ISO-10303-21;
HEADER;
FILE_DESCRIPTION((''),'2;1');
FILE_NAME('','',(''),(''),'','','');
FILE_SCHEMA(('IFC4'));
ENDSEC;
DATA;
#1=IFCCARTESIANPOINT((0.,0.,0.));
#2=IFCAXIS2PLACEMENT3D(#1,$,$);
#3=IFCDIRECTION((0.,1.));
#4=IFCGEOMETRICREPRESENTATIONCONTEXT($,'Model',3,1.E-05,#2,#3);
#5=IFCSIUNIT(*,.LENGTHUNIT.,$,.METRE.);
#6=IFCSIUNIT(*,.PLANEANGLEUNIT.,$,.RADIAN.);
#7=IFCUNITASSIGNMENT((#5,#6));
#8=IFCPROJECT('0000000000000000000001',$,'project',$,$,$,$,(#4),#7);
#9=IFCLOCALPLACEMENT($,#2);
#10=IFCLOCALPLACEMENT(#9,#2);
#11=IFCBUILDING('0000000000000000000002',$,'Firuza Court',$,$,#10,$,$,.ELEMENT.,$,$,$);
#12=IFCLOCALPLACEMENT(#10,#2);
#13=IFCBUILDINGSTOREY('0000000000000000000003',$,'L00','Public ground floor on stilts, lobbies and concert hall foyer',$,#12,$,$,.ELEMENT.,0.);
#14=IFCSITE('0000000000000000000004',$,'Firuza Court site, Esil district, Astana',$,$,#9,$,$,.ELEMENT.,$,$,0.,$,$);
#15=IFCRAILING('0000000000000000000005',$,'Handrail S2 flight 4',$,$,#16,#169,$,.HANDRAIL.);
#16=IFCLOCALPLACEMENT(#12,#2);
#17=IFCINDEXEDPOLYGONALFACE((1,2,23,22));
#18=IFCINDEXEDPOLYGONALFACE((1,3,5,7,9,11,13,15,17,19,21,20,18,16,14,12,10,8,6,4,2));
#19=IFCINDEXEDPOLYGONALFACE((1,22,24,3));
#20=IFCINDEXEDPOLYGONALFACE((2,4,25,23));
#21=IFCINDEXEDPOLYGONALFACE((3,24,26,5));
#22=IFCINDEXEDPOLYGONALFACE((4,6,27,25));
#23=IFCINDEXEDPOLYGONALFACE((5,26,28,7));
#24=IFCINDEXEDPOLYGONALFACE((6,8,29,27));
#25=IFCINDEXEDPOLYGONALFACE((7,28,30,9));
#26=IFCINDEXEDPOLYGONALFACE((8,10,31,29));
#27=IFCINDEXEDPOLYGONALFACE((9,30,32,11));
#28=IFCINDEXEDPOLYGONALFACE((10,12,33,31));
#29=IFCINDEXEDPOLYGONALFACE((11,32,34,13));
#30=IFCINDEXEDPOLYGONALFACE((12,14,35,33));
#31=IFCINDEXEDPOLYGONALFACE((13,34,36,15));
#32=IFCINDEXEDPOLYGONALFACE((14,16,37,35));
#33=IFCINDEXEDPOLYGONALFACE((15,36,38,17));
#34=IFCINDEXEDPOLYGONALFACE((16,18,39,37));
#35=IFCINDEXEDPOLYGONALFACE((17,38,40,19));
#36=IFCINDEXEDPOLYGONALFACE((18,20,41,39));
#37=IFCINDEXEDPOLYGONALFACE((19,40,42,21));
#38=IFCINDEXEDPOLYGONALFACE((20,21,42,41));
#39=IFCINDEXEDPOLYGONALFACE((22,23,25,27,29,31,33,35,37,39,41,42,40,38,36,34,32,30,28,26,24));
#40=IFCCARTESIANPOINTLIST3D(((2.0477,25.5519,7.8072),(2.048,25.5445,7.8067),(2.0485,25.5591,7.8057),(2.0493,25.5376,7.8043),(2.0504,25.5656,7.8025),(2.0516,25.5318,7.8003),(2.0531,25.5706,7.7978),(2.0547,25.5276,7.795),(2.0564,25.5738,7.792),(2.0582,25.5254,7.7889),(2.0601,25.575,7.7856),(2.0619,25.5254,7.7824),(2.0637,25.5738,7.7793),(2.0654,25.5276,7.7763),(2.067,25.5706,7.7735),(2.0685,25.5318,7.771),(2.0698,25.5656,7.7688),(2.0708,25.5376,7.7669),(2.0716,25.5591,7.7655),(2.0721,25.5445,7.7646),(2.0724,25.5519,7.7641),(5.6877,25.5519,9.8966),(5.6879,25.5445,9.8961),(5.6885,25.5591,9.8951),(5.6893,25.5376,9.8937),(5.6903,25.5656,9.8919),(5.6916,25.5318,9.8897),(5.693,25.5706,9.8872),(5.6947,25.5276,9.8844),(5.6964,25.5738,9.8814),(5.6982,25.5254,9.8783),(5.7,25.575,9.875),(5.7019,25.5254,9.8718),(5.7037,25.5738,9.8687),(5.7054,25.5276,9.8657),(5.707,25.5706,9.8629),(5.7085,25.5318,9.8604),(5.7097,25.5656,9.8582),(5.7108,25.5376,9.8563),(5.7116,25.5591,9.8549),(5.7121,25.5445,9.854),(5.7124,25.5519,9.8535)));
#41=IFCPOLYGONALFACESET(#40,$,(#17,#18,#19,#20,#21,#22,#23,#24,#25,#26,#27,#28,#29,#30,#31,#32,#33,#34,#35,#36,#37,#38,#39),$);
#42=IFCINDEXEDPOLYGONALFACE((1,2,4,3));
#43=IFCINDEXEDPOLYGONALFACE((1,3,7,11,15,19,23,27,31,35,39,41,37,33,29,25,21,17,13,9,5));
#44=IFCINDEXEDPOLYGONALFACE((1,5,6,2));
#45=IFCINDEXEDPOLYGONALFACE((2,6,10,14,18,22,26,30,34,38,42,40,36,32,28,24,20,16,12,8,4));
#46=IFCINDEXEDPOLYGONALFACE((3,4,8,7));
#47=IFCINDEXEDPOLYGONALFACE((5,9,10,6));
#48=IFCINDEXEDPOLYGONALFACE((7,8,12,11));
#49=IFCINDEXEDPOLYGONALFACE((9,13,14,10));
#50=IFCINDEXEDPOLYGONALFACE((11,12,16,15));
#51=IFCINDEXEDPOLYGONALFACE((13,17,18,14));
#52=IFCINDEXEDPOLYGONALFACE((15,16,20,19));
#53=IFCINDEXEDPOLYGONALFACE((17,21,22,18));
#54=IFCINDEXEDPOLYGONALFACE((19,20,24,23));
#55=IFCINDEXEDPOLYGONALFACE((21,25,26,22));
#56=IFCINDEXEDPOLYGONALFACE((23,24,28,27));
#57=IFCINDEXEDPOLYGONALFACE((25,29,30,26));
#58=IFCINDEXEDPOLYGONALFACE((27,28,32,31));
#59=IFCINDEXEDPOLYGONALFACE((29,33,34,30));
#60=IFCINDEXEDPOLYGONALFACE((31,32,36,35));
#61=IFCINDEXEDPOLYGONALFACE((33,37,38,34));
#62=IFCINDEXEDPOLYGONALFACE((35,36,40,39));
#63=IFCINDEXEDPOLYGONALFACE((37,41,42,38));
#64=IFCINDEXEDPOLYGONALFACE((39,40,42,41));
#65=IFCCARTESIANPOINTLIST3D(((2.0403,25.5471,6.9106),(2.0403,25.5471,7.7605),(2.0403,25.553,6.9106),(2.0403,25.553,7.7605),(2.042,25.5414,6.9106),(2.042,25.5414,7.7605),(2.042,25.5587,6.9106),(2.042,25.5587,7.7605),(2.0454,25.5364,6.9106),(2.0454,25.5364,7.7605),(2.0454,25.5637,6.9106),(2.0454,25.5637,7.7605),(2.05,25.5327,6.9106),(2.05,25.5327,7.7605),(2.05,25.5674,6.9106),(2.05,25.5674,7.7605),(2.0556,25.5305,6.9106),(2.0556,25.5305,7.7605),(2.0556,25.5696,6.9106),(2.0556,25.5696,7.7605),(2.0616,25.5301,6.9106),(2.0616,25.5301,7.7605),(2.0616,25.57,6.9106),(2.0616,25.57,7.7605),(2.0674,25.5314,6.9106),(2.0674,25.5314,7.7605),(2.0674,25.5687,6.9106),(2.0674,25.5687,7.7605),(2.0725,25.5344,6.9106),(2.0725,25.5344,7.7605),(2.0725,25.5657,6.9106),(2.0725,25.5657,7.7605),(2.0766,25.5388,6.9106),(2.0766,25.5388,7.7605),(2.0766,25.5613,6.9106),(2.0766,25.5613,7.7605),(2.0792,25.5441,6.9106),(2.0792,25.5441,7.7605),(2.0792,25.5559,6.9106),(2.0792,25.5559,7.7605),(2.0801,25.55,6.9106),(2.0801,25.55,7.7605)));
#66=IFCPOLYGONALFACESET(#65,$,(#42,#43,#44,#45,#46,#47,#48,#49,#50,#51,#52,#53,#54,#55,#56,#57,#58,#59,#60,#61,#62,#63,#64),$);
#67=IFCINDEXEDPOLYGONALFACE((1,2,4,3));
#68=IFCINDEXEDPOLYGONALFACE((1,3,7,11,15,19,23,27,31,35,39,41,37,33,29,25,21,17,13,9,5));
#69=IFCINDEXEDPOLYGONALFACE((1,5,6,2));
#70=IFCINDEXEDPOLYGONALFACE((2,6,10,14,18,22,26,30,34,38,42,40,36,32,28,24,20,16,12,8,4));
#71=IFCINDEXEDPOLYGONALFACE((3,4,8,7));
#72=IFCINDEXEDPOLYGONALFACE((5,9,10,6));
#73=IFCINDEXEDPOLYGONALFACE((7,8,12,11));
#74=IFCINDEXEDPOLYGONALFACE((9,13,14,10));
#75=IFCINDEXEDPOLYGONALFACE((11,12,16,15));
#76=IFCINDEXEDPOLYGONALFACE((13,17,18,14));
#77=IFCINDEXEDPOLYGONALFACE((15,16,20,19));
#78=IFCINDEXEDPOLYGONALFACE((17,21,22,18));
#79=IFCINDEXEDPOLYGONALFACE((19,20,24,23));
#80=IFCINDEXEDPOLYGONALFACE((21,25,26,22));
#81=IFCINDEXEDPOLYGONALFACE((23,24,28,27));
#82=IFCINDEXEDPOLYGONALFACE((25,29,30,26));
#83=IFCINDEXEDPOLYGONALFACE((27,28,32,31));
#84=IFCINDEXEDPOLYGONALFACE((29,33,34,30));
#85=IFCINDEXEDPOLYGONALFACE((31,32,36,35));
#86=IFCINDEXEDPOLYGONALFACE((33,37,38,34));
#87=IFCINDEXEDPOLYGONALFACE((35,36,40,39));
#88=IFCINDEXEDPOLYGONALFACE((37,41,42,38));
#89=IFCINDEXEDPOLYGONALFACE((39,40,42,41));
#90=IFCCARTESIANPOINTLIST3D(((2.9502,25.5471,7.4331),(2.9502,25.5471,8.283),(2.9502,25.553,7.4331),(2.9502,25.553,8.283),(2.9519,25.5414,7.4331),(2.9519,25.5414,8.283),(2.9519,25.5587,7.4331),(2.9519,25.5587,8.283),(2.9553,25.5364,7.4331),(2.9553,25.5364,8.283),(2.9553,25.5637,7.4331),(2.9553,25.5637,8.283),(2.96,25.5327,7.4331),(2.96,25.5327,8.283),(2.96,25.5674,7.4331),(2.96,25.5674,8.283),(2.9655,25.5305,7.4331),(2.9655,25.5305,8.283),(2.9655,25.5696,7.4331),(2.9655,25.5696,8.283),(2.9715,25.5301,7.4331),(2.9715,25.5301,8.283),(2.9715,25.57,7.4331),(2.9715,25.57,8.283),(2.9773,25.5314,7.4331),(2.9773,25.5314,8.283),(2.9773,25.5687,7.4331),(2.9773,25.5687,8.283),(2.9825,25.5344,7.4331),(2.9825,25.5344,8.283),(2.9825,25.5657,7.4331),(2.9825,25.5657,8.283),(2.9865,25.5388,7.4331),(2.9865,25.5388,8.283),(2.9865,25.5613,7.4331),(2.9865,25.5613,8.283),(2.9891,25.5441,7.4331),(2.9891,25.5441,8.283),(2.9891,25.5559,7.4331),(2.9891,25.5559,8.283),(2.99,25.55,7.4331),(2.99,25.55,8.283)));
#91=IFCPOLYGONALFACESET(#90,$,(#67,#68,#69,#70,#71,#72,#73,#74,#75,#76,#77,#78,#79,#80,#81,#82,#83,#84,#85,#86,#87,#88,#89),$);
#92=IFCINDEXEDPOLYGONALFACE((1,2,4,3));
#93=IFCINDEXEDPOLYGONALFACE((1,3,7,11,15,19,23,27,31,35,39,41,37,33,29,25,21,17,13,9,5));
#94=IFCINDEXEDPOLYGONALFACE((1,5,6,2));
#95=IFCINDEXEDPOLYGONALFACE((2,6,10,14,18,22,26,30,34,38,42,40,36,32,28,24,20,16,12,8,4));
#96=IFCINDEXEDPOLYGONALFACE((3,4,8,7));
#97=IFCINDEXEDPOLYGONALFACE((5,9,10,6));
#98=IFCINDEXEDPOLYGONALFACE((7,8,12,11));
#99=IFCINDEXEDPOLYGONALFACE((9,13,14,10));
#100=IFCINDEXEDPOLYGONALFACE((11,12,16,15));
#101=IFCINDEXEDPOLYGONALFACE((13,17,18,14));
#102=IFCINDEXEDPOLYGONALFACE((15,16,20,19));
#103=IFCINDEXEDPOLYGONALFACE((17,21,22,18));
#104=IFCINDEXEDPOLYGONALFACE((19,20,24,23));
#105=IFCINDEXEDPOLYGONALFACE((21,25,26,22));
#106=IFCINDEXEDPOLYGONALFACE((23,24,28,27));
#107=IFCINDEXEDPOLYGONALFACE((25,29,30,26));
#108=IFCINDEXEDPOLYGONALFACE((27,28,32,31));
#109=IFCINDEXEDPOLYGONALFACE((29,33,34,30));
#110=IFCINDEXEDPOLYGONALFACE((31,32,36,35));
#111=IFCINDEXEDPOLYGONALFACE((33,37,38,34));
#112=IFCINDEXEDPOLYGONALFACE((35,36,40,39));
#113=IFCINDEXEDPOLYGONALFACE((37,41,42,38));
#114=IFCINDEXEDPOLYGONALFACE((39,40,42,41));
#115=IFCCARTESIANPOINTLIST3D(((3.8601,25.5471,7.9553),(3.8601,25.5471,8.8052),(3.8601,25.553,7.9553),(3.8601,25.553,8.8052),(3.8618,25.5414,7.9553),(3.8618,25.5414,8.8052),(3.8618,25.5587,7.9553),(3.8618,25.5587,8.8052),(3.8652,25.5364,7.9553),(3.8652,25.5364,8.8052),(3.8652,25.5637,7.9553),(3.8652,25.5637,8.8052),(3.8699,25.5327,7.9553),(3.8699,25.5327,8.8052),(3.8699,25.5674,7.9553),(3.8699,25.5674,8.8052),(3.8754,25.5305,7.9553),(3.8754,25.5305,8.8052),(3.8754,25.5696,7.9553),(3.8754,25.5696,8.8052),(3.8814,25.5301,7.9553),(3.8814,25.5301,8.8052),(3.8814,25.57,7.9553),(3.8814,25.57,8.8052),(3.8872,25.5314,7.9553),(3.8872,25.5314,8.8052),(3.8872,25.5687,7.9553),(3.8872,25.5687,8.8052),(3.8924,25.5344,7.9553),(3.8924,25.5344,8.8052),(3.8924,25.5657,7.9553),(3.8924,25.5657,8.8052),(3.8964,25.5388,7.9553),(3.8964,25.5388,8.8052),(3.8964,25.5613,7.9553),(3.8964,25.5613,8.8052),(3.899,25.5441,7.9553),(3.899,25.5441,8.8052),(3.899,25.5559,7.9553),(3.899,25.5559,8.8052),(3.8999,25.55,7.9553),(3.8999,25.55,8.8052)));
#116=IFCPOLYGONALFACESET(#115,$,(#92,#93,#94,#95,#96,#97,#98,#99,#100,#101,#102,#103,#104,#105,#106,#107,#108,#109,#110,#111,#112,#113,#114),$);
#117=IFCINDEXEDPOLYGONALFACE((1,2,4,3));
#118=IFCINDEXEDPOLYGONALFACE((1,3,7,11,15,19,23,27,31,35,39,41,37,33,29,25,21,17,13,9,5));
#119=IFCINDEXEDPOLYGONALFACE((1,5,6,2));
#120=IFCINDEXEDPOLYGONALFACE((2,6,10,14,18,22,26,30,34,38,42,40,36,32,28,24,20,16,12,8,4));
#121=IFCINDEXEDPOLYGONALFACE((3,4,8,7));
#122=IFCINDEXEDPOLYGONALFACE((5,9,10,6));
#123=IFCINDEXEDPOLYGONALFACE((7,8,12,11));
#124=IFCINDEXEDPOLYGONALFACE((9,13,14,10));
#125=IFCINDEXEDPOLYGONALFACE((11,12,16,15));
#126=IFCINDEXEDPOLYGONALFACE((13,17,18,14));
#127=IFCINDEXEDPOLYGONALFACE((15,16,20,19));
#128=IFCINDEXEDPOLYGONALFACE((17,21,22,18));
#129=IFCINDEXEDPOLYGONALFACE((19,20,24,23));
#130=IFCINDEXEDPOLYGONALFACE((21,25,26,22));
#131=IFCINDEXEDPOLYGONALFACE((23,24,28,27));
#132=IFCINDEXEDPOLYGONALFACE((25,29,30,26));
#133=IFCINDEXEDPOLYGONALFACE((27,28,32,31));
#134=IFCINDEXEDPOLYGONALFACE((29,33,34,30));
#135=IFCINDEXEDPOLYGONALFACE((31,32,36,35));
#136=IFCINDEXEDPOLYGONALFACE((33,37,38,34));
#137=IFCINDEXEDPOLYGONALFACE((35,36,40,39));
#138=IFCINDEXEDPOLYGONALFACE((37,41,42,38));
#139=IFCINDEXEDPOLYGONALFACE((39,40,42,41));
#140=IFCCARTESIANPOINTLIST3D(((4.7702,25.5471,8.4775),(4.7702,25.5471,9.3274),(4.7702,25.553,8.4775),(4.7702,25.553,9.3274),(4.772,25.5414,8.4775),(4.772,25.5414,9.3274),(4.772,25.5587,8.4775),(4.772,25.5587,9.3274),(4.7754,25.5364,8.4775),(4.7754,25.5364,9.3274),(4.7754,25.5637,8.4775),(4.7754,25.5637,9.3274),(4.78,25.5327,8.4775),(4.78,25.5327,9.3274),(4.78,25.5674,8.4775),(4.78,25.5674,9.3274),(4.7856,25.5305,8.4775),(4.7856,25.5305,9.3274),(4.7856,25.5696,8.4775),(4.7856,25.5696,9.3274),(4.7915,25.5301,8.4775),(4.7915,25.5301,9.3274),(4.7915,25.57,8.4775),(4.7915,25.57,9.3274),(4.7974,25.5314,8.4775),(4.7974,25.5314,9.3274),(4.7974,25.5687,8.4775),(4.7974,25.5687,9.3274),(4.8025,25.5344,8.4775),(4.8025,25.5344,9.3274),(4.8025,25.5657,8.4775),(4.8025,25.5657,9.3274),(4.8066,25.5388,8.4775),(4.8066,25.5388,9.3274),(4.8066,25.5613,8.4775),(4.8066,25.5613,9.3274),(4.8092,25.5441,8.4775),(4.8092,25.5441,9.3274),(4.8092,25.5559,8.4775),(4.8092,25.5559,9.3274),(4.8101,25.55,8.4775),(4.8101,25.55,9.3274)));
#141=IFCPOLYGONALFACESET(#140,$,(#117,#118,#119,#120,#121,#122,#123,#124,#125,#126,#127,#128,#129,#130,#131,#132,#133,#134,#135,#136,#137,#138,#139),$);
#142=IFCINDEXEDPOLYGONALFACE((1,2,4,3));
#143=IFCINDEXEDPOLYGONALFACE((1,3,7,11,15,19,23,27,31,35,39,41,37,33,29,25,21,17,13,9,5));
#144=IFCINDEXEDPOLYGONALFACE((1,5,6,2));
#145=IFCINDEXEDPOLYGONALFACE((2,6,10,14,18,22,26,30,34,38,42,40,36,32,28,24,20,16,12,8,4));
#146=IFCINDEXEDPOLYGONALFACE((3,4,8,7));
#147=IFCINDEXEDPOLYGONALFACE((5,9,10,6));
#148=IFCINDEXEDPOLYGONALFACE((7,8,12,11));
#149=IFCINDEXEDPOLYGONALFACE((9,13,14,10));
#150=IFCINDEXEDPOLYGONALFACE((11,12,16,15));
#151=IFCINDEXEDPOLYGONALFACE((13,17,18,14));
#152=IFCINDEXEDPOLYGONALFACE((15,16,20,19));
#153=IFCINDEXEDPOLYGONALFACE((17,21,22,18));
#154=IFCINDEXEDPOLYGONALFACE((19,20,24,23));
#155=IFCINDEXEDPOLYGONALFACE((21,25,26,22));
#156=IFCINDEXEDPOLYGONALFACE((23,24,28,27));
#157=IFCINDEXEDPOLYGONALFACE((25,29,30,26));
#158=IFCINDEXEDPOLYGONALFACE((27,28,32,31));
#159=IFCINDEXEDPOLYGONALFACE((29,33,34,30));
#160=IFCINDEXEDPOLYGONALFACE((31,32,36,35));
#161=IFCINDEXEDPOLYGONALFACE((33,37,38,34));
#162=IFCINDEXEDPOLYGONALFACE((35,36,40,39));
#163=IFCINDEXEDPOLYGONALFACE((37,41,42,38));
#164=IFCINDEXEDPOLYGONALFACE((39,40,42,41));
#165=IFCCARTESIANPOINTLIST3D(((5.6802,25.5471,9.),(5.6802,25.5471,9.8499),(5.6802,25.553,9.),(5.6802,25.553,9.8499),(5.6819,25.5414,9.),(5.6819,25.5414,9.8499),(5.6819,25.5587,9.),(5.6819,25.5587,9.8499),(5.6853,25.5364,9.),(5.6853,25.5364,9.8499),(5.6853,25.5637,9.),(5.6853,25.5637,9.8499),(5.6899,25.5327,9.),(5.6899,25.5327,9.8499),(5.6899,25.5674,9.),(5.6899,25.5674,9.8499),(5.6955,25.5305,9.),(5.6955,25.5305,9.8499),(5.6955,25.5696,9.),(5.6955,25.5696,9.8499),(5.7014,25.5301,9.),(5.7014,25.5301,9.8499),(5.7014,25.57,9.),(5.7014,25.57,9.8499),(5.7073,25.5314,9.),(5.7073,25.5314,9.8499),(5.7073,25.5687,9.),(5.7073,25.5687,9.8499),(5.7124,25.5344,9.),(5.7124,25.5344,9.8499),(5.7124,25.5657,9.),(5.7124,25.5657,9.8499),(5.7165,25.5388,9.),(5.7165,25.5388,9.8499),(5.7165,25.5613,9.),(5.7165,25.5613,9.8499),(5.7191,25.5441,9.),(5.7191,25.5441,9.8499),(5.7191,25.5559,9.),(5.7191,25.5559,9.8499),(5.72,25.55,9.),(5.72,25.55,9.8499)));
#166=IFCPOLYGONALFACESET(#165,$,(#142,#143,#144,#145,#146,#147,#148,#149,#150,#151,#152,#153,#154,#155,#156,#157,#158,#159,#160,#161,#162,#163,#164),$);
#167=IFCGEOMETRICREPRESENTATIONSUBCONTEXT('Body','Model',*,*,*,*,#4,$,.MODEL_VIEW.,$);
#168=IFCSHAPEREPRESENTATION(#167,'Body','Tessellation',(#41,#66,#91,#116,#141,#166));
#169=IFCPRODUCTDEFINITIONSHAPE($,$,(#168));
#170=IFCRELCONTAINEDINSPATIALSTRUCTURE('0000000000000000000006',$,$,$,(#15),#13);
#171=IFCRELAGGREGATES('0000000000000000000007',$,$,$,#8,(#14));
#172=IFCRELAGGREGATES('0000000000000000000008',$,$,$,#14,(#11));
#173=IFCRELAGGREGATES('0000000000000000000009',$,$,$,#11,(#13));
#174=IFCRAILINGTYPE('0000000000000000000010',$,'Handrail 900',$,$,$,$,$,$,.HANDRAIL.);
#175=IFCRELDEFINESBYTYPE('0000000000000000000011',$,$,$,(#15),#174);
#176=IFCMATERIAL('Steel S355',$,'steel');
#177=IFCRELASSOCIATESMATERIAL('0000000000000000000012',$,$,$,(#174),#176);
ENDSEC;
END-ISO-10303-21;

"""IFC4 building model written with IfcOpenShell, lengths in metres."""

from ifc_helpers import new_model, si_unit, direction, frame, origin, origin_2d, place, context, subcontext, project, spatial, circle, extrude, material, type_object, element, save


model = new_model("IFC4")

# Units and contexts
model_context = context("Model", 3, precision=1e-05, world=origin(), true_north=direction((0.0, 1.0)))
body_context = subcontext(model_context, "Body", "Model", "MODEL_VIEW")
ifc_project = project(units=[si_unit("LENGTHUNIT", "METRE"), si_unit("PLANEANGLEUNIT", "RADIAN")], contexts=[model_context])

# Site, building, storey
site_placement = place(None, origin())
site = spatial("IfcSite", under=ifc_project, at=site_placement, Name="Firuza Court site, Esil district, Astana", CompositionType="ELEMENT", RefElevation=0.0)
building_placement = place(site_placement, origin())
building = spatial("IfcBuilding", under=site, at=building_placement, Name="Firuza Court", CompositionType="ELEMENT")
storey_placement = place(building_placement, origin())
storey = spatial("IfcBuildingStorey", under=building, at=storey_placement, Name="L00", Description="Public ground floor on stilts, lobbies and concert hall foyer", CompositionType="ELEMENT", Elevation=0.0)

# Railing
ifc_material_1 = material(Name="Steel S355", Category="steel")
railing_type_1 = type_object("IfcRailingType", Name="Handrail 900", PredefinedType="HANDRAIL", material=ifc_material_1)
for number, where, name in (
    (1, (2.0601, 25.55, 6.9106), "Handrail S2 flight 4"),
):
    element("IfcRailing", number, at=place(storey_placement, frame(where)), inside=storey, type_object=railing_type_1, Name=name, PredefinedType="HANDRAIL", context=body_context, shape_type="SweptSolid", body=[
        extrude(circle(Radius=0.0249, at=origin_2d()), frame((0.0, 0.0, 0.875), z_axis=(0.867275, 0.0, 0.497829), x_axis=(0.0, 1.0, 0.0)), (0.0, 0.0, 1.0), 4.197),
        extrude(circle(Radius=0.02, at=origin_2d()), origin(), (0.0, 0.0, 1.0), 0.8499),
        extrude(circle(Radius=0.02, at=origin_2d()), frame((0.9099, 0.0, 0.5225)), (0.0, 0.0, 1.0), 0.8499),
        extrude(circle(Radius=0.02, at=origin_2d()), frame((1.8198, 0.0, 1.0447)), (0.0, 0.0, 1.0), 0.8499),
        extrude(circle(Radius=0.02, at=origin_2d()), frame((2.73, 0.0, 1.5669)), (0.0, 0.0, 1.0), 0.8499),
        extrude(circle(Radius=0.02, at=origin_2d()), frame((3.6399, 0.0, 2.0894)), (0.0, 0.0, 1.0), 0.8499),
    ])

save(model, "model.ifc")
